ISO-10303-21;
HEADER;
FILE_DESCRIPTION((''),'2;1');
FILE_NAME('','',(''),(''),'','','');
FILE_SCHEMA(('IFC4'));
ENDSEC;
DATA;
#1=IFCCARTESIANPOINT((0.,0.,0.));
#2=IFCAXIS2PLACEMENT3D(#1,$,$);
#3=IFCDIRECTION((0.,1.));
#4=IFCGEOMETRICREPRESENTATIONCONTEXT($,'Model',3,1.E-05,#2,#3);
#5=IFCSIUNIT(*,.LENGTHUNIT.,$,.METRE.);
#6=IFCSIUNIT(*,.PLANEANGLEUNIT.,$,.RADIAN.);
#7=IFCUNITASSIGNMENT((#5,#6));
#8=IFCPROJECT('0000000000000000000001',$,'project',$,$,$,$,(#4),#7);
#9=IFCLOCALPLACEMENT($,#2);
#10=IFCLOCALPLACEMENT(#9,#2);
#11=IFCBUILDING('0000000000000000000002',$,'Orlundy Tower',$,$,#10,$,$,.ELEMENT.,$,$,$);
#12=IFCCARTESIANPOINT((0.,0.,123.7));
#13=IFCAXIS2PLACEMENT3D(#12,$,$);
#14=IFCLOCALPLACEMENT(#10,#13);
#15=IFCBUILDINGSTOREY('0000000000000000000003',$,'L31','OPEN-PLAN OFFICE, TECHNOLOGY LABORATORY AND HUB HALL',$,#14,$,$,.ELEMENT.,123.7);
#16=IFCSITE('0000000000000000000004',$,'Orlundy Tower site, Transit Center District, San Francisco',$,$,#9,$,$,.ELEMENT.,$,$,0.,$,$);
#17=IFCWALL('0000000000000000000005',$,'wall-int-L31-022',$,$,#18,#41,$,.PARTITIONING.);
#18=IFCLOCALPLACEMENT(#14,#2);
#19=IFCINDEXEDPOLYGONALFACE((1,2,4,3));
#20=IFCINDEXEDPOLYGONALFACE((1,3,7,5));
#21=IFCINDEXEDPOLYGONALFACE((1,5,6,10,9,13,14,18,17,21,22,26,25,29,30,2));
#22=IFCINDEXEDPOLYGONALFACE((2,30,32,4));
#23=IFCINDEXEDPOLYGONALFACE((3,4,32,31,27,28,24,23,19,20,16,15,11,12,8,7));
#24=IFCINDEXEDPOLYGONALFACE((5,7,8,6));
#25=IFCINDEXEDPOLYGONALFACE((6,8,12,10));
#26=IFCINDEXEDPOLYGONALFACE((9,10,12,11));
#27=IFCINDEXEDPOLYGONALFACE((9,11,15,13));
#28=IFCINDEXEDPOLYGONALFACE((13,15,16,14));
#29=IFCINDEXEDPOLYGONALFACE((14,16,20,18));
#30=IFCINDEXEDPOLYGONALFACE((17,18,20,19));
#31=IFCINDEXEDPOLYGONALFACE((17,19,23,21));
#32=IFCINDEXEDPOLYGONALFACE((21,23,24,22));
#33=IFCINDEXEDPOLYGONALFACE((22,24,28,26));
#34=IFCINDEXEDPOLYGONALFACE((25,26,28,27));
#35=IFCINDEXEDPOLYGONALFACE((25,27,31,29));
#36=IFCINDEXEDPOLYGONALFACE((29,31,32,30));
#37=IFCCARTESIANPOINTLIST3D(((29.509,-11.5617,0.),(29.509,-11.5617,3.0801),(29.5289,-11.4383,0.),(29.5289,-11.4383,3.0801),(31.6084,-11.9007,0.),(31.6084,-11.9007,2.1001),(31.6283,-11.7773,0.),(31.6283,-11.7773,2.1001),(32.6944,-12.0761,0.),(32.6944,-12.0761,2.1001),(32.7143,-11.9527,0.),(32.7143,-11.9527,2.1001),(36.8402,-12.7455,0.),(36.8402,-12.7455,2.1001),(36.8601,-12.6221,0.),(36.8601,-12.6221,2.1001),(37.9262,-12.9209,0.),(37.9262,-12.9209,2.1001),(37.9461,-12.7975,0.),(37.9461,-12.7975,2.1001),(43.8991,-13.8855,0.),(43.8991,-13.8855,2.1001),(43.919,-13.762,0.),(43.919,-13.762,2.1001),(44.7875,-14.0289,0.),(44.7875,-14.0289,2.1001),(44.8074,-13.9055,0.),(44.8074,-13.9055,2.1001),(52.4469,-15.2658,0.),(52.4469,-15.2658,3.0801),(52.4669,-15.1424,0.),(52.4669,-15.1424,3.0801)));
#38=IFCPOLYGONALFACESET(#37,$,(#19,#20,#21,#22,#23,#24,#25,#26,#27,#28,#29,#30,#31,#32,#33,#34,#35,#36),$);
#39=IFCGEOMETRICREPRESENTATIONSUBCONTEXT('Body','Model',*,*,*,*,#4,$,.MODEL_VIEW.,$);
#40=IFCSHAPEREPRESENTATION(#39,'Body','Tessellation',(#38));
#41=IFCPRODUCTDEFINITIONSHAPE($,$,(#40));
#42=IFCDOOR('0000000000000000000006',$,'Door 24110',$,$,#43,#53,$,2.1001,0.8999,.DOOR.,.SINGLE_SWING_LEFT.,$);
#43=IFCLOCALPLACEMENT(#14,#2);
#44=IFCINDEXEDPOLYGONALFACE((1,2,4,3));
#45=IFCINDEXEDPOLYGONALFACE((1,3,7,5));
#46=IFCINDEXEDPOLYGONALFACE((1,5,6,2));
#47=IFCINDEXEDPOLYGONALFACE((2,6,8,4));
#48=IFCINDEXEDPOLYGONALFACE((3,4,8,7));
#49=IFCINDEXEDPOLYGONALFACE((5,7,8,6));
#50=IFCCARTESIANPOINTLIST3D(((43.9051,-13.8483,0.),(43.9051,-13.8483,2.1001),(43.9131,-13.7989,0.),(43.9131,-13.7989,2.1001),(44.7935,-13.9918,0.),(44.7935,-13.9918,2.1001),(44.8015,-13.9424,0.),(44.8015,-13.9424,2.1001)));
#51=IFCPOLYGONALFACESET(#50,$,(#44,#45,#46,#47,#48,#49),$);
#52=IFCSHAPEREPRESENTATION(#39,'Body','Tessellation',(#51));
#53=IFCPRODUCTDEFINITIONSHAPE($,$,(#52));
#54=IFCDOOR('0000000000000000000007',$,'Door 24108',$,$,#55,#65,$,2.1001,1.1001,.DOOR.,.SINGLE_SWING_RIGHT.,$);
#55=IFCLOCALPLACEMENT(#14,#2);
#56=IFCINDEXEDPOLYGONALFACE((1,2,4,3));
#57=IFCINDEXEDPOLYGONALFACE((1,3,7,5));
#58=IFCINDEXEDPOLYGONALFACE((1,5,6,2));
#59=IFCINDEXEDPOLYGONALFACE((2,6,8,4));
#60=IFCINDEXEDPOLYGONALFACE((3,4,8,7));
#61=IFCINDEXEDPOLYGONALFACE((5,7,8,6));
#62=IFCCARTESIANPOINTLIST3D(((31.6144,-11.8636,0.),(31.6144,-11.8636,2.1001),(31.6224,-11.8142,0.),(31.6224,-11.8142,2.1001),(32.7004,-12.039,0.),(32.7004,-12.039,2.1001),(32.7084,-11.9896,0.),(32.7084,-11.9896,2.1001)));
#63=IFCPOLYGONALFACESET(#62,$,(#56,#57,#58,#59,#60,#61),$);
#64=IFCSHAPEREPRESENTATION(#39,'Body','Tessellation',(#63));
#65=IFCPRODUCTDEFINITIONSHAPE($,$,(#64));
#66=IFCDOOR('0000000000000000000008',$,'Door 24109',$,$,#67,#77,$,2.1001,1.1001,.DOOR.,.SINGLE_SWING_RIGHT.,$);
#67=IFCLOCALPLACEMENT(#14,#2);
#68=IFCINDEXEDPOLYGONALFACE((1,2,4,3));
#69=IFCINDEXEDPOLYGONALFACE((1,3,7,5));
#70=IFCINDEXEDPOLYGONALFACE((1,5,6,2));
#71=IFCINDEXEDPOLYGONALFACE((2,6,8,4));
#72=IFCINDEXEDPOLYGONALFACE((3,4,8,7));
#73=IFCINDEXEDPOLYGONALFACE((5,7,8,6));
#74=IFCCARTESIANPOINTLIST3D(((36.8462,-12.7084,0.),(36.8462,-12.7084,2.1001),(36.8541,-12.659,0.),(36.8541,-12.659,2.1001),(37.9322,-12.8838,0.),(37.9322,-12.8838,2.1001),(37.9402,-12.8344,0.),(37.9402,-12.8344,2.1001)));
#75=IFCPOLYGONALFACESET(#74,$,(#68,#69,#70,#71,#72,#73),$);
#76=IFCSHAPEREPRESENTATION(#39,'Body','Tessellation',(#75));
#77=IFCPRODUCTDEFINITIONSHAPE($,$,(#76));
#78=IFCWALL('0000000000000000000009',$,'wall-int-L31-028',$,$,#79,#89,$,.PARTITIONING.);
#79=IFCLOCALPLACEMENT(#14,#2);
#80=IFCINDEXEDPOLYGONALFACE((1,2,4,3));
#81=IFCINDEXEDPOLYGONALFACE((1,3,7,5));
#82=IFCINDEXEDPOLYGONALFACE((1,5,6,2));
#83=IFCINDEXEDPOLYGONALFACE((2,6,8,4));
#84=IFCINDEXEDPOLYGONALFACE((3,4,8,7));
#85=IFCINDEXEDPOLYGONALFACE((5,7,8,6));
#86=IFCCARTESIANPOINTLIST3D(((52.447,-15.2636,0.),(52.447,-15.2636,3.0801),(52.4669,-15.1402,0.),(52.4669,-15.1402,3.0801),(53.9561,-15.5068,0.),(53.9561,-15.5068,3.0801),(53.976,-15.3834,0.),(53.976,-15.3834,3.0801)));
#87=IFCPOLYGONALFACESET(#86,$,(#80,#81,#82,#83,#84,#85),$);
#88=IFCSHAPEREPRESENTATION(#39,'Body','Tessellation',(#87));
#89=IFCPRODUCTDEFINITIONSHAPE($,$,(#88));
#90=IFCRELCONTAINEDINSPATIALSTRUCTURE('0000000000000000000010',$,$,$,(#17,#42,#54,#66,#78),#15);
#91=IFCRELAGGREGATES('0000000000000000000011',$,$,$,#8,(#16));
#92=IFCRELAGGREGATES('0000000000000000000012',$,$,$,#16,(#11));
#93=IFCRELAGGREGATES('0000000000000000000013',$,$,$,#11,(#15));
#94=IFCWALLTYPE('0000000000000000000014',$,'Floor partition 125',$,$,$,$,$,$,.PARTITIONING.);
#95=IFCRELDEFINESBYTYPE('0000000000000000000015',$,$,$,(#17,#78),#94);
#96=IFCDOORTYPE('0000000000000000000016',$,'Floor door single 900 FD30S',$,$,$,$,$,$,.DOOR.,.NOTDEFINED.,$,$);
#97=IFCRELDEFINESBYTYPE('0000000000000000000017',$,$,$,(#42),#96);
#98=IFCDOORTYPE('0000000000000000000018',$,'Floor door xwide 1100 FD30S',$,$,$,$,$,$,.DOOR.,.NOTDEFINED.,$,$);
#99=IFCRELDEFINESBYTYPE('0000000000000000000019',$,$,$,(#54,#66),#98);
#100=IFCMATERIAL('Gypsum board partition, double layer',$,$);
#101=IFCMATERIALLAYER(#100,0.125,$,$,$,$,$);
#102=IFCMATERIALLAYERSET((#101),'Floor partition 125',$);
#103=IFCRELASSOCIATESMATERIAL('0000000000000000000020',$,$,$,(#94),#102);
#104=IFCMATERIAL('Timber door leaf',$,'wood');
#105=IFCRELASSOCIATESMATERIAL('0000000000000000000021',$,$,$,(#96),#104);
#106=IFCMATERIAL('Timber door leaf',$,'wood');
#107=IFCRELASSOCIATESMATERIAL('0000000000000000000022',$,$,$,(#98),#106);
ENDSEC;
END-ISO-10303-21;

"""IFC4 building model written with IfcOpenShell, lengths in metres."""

from ifc_helpers import new_model, si_unit, direction, frame, frame_2d, origin, place, context, subcontext, project, spatial, rectangle, extrude, material, layer, layer_set, type_object, element, fill, save


model = new_model("IFC4")

# Units and contexts
model_context = context("Model", 3, precision=1e-05, world=origin(), true_north=direction((0.0, 1.0)))
body_context = subcontext(model_context, "Body", "Model", "MODEL_VIEW")
ifc_project = project(units=[si_unit("LENGTHUNIT", "METRE"), si_unit("PLANEANGLEUNIT", "RADIAN")], contexts=[model_context])

# Site, building, storey
site_placement = place(None, origin())
site = spatial("IfcSite", under=ifc_project, at=site_placement, Name="Orlundy Tower site, Transit Center District, San Francisco", CompositionType="ELEMENT", RefElevation=0.0)
building_placement = place(site_placement, origin())
building = spatial("IfcBuilding", under=site, at=building_placement, Name="Orlundy Tower", CompositionType="ELEMENT")
storey_placement = place(building_placement, frame((0.0, 0.0, 123.7)))
storey = spatial("IfcBuildingStorey", under=building, at=storey_placement, Name="L31", Description="OPEN-PLAN OFFICE, TECHNOLOGY LABORATORY AND HUB HALL", CompositionType="ELEMENT", Elevation=123.7)

# Wall, openings, doors
ifc_material_1 = material(Name="Gypsum board partition, double layer")
ifc_layer_1 = layer(ifc_material_1, 0.125)
ifc_layer_set_1 = layer_set([ifc_layer_1], Name="Floor partition 125")
wall_type_1 = type_object("IfcWallType", Name="Floor partition 125", PredefinedType="PARTITIONING", material=ifc_layer_set_1)
wall_1_placement = place(storey_placement, frame((52.457, -15.2041, 0.0), z_axis=(0.0, 0.0, 1.0), x_axis=(-0.987211, 0.159418, 0.0)))
wall_1 = element("IfcWall", 1, at=wall_1_placement, inside=storey, type_object=wall_type_1, Name="wall-int-L31-022", PredefinedType="PARTITIONING", context=body_context, shape_type="SweptSolid", body=[
    extrude(rectangle(XDim=23.2351, YDim=0.125, at=frame_2d((11.6177, 0.0))), origin(), (0.0, 0.0, 1.0), 3.0801),
])
opening_1_placement = place(wall_1_placement, frame((20.0085, 0.0, 0.0)))
opening_1 = element("IfcOpeningElement", 2, at=opening_1_placement, cuts=wall_1, PredefinedType="OPENING", context=body_context, shape_type="SweptSolid", body=[
    extrude(rectangle(XDim=1.1001, YDim=2.1001, at=frame_2d((0.55, 1.05))), frame((0.0, 0.0725, 0.0), z_axis=(0.0, -1.0, 0.0), x_axis=(1.0, 0.0, 0.0)), (0.0, 0.0, 1.0), 0.145),
])
opening_2_placement = place(wall_1_placement, frame((14.709, 0.0, 0.0)))
opening_2 = element("IfcOpeningElement", 3, at=opening_2_placement, cuts=wall_1, PredefinedType="OPENING", context=body_context, shape_type="SweptSolid", body=[
    extrude(rectangle(XDim=1.1001, YDim=2.1001, at=frame_2d((0.55, 1.05))), frame((0.0, 0.0725, 0.0), z_axis=(0.0, -1.0, 0.0), x_axis=(1.0, 0.0, 0.0)), (0.0, 0.0, 1.0), 0.145),
])
opening_3_placement = place(wall_1_placement, frame((7.7588, 0.0, 0.0)))
opening_3 = element("IfcOpeningElement", 4, at=opening_3_placement, cuts=wall_1, PredefinedType="OPENING", context=body_context, shape_type="SweptSolid", body=[
    extrude(rectangle(XDim=0.8999, YDim=2.1001, at=frame_2d((0.45, 1.05))), frame((0.0, 0.0725, 0.0), z_axis=(0.0, -1.0, 0.0), x_axis=(1.0, 0.0, 0.0)), (0.0, 0.0, 1.0), 0.145),
])
ifc_material_2 = material(Name="Timber door leaf", Category="wood")
door_type_1 = type_object("IfcDoorType", Name="Floor door single 900 FD30S", OperationType="NOTDEFINED", PredefinedType="DOOR", material=ifc_material_2)
door_1_placement = place(opening_3_placement, origin())
door_1 = element("IfcDoor", 5, at=door_1_placement, inside=storey, type_object=door_type_1, Name="Door 24110", OperationType="SINGLE_SWING_LEFT", OverallHeight=2.1001, OverallWidth=0.8999, PredefinedType="DOOR", context=body_context, shape_type="SweptSolid", body=[
    extrude(rectangle(XDim=0.8999, YDim=2.1001, at=frame_2d((0.45, 1.05))), frame((0.0, 0.0249, 0.0), z_axis=(0.0, -1.0, 0.0), x_axis=(1.0, 0.0, 0.0)), (0.0, 0.0, 1.0), 0.05),
])
fill(opening_3, door_1)
ifc_material_3 = material(Name="Timber door leaf", Category="wood")
door_type_2 = type_object("IfcDoorType", Name="Floor door xwide 1100 FD30S", OperationType="NOTDEFINED", PredefinedType="DOOR", material=ifc_material_3)
door_2_placement = place(opening_1_placement, origin())
door_2 = element("IfcDoor", 6, at=door_2_placement, inside=storey, type_object=door_type_2, Name="Door 24108", OperationType="SINGLE_SWING_RIGHT", OverallHeight=2.1001, OverallWidth=1.1001, PredefinedType="DOOR", context=body_context, shape_type="SweptSolid", body=[
    extrude(rectangle(XDim=1.1001, YDim=2.1001, at=frame_2d((0.55, 1.05))), frame((0.0, 0.0249, 0.0), z_axis=(0.0, -1.0, 0.0), x_axis=(1.0, 0.0, 0.0)), (0.0, 0.0, 1.0), 0.05),
])
fill(opening_1, door_2)
door_3_placement = place(opening_2_placement, origin())
door_3 = element("IfcDoor", 7, at=door_3_placement, inside=storey, type_object=door_type_2, Name="Door 24109", OperationType="SINGLE_SWING_RIGHT", OverallHeight=2.1001, OverallWidth=1.1001, PredefinedType="DOOR", context=body_context, shape_type="SweptSolid", body=[
    extrude(rectangle(XDim=1.1001, YDim=2.1001, at=frame_2d((0.55, 1.05))), frame((0.0, 0.0249, 0.0), z_axis=(0.0, -1.0, 0.0), x_axis=(1.0, 0.0, 0.0)), (0.0, 0.0, 1.0), 0.05),
])
fill(opening_2, door_3)

# Wall
wall_2_placement = place(storey_placement, frame((52.457, -15.2019, 0.0), z_axis=(0.0, 0.0, 1.0), x_axis=(0.987265, -0.159087, 0.0)))
element("IfcWall", 8, at=wall_2_placement, inside=storey, type_object=wall_type_1, Name="wall-int-L31-028", PredefinedType="PARTITIONING", context=body_context, shape_type="SweptSolid", body=[
    extrude(rectangle(XDim=1.5286, YDim=0.125, at=frame_2d((0.7642, 0.0))), origin(), (0.0, 0.0, 1.0), 3.0801),
])

save(model, "model.ifc")
